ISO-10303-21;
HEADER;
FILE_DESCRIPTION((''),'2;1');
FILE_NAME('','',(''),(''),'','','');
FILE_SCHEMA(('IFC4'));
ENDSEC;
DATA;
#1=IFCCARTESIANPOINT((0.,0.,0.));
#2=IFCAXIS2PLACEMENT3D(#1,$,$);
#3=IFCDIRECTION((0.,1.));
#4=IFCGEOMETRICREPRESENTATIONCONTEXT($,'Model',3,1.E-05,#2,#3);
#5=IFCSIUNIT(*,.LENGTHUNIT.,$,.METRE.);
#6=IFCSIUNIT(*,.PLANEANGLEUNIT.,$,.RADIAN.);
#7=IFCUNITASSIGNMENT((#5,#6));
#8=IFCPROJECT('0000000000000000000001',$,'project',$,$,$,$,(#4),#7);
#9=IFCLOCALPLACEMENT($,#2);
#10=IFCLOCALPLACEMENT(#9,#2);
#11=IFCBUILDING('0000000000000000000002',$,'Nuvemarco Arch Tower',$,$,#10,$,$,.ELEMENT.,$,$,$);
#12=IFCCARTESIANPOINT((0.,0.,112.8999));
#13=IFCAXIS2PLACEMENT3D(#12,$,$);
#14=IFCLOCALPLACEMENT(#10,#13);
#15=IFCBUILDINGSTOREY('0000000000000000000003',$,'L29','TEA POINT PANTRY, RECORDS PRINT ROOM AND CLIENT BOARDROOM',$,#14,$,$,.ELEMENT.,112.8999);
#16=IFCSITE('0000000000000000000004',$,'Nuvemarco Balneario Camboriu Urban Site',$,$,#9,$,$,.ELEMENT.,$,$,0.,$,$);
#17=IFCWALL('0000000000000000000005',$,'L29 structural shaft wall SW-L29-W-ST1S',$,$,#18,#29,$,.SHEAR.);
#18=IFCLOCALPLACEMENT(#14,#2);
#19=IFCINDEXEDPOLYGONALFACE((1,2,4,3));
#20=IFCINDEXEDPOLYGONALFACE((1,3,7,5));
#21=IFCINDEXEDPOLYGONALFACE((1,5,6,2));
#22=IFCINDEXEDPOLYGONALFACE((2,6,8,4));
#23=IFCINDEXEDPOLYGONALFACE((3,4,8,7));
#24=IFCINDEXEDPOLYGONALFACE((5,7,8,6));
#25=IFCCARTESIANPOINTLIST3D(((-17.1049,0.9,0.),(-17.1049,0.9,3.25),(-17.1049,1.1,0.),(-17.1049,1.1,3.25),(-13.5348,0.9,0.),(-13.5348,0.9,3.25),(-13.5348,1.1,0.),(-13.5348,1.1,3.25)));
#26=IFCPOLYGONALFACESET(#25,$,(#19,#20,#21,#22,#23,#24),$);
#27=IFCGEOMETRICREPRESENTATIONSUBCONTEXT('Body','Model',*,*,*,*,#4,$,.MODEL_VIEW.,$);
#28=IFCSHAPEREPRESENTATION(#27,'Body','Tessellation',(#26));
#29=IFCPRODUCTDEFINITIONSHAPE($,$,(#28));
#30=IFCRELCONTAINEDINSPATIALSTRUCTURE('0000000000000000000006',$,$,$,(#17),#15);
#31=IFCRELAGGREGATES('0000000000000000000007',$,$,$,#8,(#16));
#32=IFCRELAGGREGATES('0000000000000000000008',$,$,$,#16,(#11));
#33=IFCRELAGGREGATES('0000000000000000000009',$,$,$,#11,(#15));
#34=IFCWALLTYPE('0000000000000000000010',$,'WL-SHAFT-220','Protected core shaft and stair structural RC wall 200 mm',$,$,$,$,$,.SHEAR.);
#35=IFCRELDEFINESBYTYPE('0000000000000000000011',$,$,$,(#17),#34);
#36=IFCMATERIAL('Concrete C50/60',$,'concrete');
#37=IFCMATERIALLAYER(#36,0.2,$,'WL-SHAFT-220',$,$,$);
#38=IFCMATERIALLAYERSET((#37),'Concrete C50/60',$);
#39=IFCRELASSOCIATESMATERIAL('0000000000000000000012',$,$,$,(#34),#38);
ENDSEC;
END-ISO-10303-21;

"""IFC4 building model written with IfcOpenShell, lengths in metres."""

from ifc_helpers import new_model, si_unit, direction, frame, frame_2d, origin, place, context, subcontext, project, spatial, rectangle, extrude, material, layer, layer_set, type_object, element, save


model = new_model("IFC4")

# Units and contexts
model_context = context("Model", 3, precision=1e-05, world=origin(), true_north=direction((0.0, 1.0)))
body_context = subcontext(model_context, "Body", "Model", "MODEL_VIEW")
ifc_project = project(units=[si_unit("LENGTHUNIT", "METRE"), si_unit("PLANEANGLEUNIT", "RADIAN")], contexts=[model_context])

# Site, building, storey
site_placement = place(None, origin())
site = spatial("IfcSite", under=ifc_project, at=site_placement, Name="Nuvemarco Balneario Camboriu Urban Site", CompositionType="ELEMENT", RefElevation=0.0)
building_placement = place(site_placement, origin())
building = spatial("IfcBuilding", under=site, at=building_placement, Name="Nuvemarco Arch Tower", CompositionType="ELEMENT")
storey_placement = place(building_placement, frame((0.0, 0.0, 112.8999)))
storey = spatial("IfcBuildingStorey", under=building, at=storey_placement, Name="L29", Description="TEA POINT PANTRY, RECORDS PRINT ROOM AND CLIENT BOARDROOM", CompositionType="ELEMENT", Elevation=112.8999)

# Wall
ifc_material_1 = material(Name="Concrete C50/60", Category="concrete")
ifc_layer_1 = layer(ifc_material_1, 0.2, Name="WL-SHAFT-220")
ifc_layer_set_1 = layer_set([ifc_layer_1], Name="Concrete C50/60")
wall_type_1 = type_object("IfcWallType", Name="WL-SHAFT-220", Description="Protected core shaft and stair structural RC wall 200 mm", PredefinedType="SHEAR", material=ifc_layer_set_1)
wall_1_placement = place(storey_placement, frame((-17.105, 1.0, 0.0), z_axis=(0.0, 0.0, 1.0), x_axis=(1.0, 0.0, 0.0)))
element("IfcWall", 1, at=wall_1_placement, inside=storey, type_object=wall_type_1, Name="L29 structural shaft wall SW-L29-W-ST1S", PredefinedType="SHEAR", context=body_context, shape_type="SweptSolid", body=[
    extrude(rectangle(XDim=3.5701, YDim=0.2, at=frame_2d((1.7852, 0.0))), origin(), (0.0, 0.0, 1.0), 3.25),
])

save(model, "model.ifc")
